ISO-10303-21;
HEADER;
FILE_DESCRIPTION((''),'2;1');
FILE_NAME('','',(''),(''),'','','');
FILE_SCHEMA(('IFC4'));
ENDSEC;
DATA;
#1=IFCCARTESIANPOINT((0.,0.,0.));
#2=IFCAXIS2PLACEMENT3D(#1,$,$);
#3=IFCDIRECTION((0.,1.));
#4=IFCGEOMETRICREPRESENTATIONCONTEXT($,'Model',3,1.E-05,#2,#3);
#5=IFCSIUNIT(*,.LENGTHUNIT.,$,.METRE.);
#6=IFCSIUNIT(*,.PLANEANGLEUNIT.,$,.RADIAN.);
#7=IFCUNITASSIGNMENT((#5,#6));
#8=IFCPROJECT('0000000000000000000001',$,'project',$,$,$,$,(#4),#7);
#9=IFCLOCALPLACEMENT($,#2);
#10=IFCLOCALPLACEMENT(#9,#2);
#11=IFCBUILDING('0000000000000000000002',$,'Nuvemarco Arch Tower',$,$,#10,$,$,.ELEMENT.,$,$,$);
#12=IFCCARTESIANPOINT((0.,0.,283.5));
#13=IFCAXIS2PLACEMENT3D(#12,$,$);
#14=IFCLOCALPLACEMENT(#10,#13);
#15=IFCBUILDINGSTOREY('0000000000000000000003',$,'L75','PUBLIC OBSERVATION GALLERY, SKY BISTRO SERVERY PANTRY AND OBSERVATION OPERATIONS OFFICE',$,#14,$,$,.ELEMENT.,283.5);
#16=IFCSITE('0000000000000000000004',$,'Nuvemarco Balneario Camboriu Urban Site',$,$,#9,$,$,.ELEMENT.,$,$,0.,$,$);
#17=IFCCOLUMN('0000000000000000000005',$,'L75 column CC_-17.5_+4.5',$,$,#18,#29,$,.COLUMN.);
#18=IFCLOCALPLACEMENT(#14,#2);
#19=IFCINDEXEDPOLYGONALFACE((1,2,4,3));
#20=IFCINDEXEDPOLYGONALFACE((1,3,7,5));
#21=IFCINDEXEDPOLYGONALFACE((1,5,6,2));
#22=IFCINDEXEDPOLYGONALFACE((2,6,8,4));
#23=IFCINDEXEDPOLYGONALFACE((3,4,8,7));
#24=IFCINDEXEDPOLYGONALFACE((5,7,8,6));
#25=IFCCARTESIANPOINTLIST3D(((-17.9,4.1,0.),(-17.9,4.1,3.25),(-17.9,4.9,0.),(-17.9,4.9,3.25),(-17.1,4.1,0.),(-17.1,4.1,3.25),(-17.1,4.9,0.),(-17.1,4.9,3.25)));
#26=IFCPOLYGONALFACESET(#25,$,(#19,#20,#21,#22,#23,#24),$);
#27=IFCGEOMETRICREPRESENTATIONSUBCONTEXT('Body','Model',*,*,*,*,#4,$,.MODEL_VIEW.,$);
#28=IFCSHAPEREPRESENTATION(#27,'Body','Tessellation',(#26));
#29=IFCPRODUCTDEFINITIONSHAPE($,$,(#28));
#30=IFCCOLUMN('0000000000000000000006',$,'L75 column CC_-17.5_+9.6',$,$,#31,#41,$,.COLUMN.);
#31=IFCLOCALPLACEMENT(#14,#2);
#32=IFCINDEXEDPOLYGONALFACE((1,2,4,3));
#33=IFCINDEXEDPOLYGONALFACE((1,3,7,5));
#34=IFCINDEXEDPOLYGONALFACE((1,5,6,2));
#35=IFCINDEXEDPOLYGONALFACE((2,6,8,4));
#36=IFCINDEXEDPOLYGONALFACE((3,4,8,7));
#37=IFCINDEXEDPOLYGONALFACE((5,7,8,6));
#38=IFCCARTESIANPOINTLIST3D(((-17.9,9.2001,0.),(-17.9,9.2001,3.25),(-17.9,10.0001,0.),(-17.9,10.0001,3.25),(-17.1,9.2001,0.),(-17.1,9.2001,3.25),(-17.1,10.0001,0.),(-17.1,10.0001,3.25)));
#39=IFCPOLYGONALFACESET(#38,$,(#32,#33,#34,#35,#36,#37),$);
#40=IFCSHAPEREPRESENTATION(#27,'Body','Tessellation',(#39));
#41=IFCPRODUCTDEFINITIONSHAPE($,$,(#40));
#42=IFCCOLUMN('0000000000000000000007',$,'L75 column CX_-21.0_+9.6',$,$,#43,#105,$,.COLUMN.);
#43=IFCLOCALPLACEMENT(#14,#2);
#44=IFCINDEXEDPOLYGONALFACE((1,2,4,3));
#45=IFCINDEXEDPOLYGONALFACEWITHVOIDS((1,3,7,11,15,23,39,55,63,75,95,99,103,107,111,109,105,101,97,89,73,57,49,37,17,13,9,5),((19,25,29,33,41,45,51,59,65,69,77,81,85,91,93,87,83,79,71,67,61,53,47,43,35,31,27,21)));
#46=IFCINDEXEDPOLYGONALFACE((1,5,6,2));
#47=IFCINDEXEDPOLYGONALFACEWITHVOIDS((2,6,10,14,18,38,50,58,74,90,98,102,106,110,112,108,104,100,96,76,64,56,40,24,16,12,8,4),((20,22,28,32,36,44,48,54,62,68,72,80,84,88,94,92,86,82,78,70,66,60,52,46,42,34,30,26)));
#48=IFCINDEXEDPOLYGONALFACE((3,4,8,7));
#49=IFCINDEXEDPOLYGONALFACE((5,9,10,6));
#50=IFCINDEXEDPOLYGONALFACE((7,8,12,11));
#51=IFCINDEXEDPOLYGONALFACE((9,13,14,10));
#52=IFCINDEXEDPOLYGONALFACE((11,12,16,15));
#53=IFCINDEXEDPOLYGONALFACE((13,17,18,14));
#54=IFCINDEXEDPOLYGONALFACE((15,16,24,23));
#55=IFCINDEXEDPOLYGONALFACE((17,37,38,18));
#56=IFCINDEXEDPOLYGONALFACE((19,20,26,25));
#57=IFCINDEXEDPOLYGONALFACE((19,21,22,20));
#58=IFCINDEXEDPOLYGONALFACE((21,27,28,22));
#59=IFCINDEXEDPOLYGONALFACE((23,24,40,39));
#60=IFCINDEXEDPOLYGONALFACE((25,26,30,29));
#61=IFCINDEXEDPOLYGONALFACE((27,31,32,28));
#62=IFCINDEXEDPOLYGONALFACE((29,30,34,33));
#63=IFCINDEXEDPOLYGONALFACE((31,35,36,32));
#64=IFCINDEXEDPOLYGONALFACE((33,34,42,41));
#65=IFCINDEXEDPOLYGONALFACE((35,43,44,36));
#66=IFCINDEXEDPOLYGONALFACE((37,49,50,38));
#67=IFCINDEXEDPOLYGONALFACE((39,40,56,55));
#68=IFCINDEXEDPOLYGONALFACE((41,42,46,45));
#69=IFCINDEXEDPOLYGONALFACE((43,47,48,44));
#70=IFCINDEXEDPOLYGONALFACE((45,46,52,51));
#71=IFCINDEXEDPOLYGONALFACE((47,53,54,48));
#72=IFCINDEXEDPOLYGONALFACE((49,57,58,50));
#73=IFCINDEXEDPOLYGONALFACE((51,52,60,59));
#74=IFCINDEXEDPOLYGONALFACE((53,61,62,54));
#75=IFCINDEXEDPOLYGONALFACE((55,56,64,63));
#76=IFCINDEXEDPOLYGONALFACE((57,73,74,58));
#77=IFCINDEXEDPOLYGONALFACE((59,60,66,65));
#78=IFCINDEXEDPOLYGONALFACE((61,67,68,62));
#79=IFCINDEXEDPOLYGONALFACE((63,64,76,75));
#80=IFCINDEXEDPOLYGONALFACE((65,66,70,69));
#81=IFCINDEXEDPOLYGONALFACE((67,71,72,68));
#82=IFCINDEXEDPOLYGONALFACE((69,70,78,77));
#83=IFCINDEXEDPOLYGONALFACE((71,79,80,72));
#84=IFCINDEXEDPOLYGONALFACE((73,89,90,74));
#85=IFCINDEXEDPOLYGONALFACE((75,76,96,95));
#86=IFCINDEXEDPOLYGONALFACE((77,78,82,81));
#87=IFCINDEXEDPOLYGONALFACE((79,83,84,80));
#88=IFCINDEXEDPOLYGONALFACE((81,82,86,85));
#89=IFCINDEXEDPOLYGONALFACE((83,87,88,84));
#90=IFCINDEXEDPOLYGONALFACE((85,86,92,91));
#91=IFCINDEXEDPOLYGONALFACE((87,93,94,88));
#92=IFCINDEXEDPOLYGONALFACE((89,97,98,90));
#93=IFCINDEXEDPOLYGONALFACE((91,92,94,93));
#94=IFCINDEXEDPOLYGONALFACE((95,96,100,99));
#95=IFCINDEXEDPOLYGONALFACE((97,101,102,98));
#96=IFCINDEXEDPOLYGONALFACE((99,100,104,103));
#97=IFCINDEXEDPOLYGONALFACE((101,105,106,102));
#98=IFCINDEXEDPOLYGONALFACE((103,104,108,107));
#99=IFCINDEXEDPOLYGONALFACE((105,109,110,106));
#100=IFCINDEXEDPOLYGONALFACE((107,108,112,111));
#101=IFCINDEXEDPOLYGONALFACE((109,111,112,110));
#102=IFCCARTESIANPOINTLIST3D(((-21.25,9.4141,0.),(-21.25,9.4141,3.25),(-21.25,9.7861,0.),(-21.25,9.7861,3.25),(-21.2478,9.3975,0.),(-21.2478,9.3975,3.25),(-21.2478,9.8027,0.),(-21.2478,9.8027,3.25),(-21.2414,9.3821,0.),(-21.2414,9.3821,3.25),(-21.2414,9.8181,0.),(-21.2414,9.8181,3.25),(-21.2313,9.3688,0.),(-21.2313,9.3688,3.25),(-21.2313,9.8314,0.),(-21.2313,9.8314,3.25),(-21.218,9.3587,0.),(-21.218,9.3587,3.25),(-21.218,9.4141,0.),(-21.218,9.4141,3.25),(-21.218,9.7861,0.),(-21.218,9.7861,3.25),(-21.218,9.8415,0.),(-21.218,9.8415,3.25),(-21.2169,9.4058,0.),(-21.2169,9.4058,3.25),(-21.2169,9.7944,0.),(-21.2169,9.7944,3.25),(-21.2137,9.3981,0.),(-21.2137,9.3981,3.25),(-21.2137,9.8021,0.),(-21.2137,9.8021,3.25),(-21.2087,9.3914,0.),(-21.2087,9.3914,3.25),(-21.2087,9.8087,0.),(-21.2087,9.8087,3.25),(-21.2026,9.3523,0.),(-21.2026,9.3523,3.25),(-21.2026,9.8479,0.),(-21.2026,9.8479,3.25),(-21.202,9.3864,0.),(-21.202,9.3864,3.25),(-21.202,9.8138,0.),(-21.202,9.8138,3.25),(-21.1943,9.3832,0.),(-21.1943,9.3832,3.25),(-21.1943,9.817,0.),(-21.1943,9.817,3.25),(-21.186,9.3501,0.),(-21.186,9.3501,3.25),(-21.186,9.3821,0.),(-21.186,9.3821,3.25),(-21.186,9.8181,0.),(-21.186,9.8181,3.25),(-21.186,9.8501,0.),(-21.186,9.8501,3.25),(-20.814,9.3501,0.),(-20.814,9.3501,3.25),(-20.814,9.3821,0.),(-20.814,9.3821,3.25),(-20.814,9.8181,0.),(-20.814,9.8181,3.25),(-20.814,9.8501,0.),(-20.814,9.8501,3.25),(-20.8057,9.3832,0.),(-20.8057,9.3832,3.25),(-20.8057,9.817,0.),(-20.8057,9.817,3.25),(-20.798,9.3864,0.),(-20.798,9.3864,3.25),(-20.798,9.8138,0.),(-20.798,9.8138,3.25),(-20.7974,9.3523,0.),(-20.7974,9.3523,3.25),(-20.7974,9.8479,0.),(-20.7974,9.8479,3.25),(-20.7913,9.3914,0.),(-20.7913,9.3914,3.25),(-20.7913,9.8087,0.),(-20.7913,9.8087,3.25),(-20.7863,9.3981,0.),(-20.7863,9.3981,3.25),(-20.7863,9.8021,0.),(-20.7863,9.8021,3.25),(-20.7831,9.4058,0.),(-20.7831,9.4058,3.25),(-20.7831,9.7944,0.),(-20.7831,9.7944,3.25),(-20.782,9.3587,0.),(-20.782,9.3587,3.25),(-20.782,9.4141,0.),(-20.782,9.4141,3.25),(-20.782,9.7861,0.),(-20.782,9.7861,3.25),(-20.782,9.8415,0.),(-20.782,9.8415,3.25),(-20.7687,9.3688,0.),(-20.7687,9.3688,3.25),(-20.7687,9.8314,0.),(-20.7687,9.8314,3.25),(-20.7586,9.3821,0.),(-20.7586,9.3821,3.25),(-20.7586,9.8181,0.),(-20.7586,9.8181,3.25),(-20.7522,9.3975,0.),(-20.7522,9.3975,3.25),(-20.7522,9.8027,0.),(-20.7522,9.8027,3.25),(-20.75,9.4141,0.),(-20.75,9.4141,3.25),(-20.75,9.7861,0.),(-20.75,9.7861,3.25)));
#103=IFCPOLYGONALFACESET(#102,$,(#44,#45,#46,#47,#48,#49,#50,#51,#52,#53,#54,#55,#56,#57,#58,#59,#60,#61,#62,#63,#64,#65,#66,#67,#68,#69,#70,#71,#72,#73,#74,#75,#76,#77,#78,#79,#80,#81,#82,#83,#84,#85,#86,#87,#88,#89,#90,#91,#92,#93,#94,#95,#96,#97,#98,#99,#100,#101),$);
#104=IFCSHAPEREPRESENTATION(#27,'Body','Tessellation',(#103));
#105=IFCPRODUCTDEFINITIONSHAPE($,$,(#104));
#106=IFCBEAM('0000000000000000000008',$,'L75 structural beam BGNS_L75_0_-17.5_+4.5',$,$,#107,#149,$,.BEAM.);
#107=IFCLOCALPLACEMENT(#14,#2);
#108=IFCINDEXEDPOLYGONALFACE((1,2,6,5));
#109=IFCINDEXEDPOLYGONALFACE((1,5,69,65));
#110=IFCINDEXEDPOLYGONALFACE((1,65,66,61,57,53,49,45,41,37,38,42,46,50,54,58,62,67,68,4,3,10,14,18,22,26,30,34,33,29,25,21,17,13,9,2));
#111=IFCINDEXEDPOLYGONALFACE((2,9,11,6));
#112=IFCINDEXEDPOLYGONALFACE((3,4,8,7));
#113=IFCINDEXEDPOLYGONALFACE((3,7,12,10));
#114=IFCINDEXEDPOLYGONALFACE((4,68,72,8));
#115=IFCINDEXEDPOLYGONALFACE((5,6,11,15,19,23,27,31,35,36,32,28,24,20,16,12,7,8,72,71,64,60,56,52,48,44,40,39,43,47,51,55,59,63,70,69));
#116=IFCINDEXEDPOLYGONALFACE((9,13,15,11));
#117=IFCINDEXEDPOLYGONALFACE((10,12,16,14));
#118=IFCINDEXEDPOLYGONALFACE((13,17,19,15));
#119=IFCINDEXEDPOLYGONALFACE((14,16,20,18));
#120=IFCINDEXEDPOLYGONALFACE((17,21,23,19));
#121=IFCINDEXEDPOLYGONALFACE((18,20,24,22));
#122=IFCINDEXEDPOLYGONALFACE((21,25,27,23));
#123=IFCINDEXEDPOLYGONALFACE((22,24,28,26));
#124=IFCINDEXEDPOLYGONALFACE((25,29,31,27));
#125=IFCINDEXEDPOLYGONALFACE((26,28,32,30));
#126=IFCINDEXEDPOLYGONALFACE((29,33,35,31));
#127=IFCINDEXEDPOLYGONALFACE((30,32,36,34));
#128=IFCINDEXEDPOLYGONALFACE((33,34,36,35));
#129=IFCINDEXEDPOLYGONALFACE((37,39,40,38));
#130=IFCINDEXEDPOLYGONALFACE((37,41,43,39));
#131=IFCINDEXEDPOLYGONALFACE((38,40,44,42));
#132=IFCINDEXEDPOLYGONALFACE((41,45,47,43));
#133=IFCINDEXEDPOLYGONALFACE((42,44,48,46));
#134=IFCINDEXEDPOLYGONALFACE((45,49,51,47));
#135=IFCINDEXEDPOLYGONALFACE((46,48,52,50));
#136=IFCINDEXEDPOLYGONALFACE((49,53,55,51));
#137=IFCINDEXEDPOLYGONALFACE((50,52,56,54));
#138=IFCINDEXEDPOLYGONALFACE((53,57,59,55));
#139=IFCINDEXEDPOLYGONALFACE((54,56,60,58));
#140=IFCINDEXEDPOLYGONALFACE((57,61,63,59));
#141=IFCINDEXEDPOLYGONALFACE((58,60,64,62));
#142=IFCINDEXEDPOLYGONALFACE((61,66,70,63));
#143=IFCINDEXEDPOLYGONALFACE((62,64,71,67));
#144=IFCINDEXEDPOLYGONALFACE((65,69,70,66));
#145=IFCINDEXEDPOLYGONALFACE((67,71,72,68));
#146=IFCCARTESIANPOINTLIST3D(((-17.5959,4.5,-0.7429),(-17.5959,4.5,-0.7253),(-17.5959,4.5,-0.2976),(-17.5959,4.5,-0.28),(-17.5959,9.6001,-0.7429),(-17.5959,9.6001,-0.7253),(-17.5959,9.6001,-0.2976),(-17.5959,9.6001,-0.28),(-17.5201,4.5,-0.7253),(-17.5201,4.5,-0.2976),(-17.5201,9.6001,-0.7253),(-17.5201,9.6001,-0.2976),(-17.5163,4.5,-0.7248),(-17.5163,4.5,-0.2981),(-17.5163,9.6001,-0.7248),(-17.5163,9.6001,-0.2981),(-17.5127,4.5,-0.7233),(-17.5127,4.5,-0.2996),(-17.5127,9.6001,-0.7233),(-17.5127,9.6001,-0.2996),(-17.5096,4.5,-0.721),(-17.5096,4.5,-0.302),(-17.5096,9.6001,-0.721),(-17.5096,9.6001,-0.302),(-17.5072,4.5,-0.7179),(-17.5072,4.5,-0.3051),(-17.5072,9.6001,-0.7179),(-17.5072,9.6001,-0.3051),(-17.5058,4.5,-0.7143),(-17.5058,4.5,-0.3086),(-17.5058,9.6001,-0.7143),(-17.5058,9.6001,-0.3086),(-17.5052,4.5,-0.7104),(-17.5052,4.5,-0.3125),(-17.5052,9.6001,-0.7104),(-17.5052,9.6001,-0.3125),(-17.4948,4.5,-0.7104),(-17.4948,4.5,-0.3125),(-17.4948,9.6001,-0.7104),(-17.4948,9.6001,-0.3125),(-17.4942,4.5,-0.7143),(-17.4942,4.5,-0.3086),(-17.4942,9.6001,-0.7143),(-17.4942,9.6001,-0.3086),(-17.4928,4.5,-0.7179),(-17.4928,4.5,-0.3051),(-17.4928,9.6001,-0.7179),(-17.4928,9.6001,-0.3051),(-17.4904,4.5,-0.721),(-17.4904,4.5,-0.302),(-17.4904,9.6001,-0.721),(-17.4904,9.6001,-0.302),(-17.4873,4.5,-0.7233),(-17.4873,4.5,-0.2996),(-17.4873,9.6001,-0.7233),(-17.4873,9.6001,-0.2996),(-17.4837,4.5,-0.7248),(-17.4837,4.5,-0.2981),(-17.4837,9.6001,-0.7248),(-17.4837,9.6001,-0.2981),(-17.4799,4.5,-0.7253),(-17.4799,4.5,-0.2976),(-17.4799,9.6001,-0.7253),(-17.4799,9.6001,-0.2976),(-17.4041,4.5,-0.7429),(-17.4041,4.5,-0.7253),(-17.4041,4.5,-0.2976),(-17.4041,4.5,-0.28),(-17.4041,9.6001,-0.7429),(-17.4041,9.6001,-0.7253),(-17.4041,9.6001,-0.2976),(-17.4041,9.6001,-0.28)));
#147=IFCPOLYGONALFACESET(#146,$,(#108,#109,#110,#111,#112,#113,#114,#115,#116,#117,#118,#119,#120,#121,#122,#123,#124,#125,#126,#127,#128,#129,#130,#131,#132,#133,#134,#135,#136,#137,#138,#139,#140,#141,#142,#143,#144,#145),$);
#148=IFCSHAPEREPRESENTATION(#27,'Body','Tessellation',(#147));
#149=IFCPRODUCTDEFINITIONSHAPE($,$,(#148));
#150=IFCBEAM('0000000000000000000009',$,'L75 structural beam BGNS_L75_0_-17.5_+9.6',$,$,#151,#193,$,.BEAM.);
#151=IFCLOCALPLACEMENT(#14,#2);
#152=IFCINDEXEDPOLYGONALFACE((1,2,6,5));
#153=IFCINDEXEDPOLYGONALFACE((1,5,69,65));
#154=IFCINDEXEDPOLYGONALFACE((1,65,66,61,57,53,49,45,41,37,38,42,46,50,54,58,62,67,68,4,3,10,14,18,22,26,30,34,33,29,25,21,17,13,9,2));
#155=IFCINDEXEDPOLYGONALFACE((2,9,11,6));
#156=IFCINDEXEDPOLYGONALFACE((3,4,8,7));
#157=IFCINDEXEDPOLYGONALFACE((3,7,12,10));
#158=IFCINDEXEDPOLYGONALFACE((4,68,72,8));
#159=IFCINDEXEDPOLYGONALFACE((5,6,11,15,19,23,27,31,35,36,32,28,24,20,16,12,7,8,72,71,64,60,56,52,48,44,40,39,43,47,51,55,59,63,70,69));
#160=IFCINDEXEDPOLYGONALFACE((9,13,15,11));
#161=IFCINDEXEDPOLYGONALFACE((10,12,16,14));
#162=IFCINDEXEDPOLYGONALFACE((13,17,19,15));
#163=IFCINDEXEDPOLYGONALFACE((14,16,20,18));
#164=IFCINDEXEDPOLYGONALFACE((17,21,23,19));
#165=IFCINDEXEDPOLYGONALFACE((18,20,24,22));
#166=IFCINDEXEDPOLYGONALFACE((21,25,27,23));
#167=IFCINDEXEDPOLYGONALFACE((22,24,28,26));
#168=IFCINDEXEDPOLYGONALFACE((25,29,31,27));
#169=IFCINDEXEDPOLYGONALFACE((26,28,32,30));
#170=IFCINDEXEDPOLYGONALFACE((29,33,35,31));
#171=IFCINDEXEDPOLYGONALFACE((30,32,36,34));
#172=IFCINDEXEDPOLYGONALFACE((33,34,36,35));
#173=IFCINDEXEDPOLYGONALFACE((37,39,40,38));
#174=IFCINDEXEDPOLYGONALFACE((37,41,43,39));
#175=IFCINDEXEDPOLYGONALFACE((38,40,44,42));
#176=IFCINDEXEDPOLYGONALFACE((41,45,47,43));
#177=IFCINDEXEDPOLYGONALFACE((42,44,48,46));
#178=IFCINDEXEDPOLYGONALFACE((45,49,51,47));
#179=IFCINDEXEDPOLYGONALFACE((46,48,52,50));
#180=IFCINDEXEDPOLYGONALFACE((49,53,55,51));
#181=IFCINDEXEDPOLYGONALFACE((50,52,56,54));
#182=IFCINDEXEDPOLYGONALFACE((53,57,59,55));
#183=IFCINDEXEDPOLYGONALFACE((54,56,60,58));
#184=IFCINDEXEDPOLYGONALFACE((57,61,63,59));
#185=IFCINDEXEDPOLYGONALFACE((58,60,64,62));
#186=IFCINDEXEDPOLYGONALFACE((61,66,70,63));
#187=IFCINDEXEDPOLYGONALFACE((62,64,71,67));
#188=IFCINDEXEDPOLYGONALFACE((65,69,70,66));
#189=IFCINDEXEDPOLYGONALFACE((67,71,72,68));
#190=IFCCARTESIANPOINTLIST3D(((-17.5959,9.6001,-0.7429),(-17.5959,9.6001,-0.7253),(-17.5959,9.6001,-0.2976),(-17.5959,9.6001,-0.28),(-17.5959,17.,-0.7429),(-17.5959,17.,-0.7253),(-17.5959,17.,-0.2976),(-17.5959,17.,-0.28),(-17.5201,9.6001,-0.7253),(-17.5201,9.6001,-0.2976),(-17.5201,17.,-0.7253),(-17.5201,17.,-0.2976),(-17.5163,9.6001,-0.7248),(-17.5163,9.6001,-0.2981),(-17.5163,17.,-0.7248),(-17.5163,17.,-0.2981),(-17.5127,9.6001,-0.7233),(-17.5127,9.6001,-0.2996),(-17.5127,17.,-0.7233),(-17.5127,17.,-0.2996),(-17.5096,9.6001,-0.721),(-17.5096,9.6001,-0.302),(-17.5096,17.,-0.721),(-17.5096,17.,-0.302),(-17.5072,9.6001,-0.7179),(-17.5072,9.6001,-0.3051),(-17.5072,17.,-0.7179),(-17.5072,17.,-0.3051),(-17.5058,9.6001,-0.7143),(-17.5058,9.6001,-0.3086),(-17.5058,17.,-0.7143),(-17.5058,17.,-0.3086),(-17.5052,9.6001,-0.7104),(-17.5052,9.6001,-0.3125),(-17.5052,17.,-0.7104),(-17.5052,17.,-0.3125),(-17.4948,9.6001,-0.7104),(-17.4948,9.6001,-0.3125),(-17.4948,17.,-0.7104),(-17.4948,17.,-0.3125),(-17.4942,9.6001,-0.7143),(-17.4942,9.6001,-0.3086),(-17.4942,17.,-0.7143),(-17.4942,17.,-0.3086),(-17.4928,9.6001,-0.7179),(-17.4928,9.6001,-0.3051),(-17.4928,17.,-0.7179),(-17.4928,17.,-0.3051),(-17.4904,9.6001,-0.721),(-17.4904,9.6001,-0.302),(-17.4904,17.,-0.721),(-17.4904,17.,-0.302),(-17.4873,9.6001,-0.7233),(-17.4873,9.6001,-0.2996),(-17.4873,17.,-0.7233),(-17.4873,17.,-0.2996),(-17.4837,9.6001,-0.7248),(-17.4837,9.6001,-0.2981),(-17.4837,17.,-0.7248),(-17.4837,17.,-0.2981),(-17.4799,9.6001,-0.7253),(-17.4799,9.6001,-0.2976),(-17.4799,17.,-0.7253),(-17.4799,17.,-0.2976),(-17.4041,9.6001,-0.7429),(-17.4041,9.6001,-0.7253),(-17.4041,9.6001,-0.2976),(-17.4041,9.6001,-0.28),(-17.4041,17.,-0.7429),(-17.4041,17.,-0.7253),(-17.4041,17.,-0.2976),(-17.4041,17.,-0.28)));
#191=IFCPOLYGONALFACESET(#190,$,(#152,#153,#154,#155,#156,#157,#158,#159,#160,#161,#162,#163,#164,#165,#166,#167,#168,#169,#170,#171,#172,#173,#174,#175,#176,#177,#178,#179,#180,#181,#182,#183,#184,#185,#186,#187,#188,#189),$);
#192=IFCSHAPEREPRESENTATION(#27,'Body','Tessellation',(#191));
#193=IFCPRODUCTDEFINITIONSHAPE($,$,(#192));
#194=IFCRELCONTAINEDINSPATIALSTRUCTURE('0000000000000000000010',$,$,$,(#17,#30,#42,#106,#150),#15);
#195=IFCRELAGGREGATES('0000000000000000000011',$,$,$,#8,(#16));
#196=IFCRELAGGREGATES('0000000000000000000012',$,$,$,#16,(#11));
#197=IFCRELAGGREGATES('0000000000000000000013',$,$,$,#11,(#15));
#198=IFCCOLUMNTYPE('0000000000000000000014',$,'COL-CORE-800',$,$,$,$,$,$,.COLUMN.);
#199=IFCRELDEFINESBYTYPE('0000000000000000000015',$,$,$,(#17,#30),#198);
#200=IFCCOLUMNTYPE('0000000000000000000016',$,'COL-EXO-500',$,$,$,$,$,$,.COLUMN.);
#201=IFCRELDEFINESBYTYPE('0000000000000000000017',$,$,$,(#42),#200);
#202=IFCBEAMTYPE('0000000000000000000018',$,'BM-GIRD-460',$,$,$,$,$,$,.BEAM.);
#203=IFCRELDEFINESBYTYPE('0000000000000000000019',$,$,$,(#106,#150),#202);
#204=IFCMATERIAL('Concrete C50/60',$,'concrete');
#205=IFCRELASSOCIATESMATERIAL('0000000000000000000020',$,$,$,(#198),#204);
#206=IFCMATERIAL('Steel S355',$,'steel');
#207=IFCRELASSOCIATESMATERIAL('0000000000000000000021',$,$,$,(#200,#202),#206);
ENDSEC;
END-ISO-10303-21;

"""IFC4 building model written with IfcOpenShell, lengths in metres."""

from ifc_helpers import new_model, si_unit, direction, frame, origin, origin_2d, place, context, subcontext, project, spatial, rectangle, hollow_rectangle, i_section, extrude, material, material_profile, profile_set, type_object, element, save


model = new_model("IFC4")

# Units and contexts
model_context = context("Model", 3, precision=1e-05, world=origin(), true_north=direction((0.0, 1.0)))
body_context = subcontext(model_context, "Body", "Model", "MODEL_VIEW")
ifc_project = project(units=[si_unit("LENGTHUNIT", "METRE"), si_unit("PLANEANGLEUNIT", "RADIAN")], contexts=[model_context])

# Site, building, storey
site_placement = place(None, origin())
site = spatial("IfcSite", under=ifc_project, at=site_placement, Name="Nuvemarco Balneario Camboriu Urban Site", CompositionType="ELEMENT", RefElevation=0.0)
building_placement = place(site_placement, origin())
building = spatial("IfcBuilding", under=site, at=building_placement, Name="Nuvemarco Arch Tower", CompositionType="ELEMENT")
storey_placement = place(building_placement, frame((0.0, 0.0, 283.5)))
storey = spatial("IfcBuildingStorey", under=building, at=storey_placement, Name="L75", Description="PUBLIC OBSERVATION GALLERY, SKY BISTRO SERVERY PANTRY AND OBSERVATION OPERATIONS OFFICE", CompositionType="ELEMENT", Elevation=283.5)

# Columns
ifc_material_1 = material(Name="Concrete C50/60", Category="concrete")
ifc_material_profile_1 = material_profile(ifc_material_1, rectangle(XDim=0.8, YDim=0.8, at=origin_2d()), Name="RC-COL-800x800")
ifc_profile_set_1 = profile_set([ifc_material_profile_1], Name="Concrete C50/60")
column_type_1 = type_object("IfcColumnType", Name="COL-CORE-800", PredefinedType="COLUMN", material=ifc_profile_set_1)
for number, where, z_axis, x_axis, name in (
    (1, (-17.5, 4.5, 0.0), (0.0, 0.0, 1.0), (1.0, 0.0, 0.0), "L75 column CC_-17.5_+4.5"),
    (2, (-17.5, 9.6001, 0.0), (0.0, 0.0, 1.0), (1.0, 0.0, 0.0), "L75 column CC_-17.5_+9.6"),
):
    element("IfcColumn", number, at=place(storey_placement, frame(where, z_axis=z_axis, x_axis=x_axis)), inside=storey, type_object=column_type_1, Name=name, PredefinedType="COLUMN", context=body_context, shape_type="SweptSolid", body=[
        extrude(rectangle(XDim=0.8, YDim=0.8, at=origin_2d()), origin(), (0.0, 0.0, 1.0), 3.25),
    ])
ifc_material_2 = material(Name="Steel S355", Category="steel")
ifc_material_profile_2 = material_profile(ifc_material_2, hollow_rectangle(XDim=0.5, YDim=0.5, WallThickness=0.032, InnerFilletRadius=0.032, OuterFilletRadius=0.064, at=origin_2d()), Name="SHS500x500x32")
ifc_profile_set_2 = profile_set([ifc_material_profile_2], Name="Steel S355")
column_type_2 = type_object("IfcColumnType", Name="COL-EXO-500", PredefinedType="COLUMN", material=ifc_profile_set_2)
column_placement = place(storey_placement, frame((-21.0, 9.6001, 0.0), z_axis=(0.0, 0.0, 1.0), x_axis=(1.0, 0.0, 0.0)))
element("IfcColumn", 3, at=column_placement, inside=storey, type_object=column_type_2, Name="L75 column CX_-21.0_+9.6", PredefinedType="COLUMN", context=body_context, shape_type="SweptSolid", body=[
    extrude(hollow_rectangle(XDim=0.5, YDim=0.5, WallThickness=0.032, InnerFilletRadius=0.032, OuterFilletRadius=0.064, at=origin_2d()), origin(), (0.0, 0.0, 1.0), 3.25),
])

# Beams
ifc_material_profile_3 = material_profile(ifc_material_2, i_section(OverallWidth=0.1919, OverallDepth=0.4629, WebThickness=0.0105, FlangeThickness=0.0176, FilletRadius=0.0149, at=origin_2d()), Name="W460x89")
ifc_profile_set_3 = profile_set([ifc_material_profile_3], Name="Steel S355")
beam_type_1 = type_object("IfcBeamType", Name="BM-GIRD-460", PredefinedType="BEAM", material=ifc_profile_set_3)
beam_1_placement = place(storey_placement, frame((-17.5, 4.5, -0.5115), z_axis=(0.0, 1.0, 0.0), x_axis=(-1.0, 0.0, 0.0)))
element("IfcBeam", 4, at=beam_1_placement, inside=storey, type_object=beam_type_1, Name="L75 structural beam BGNS_L75_0_-17.5_+4.5", PredefinedType="BEAM", context=body_context, shape_type="SweptSolid", body=[
    extrude(i_section(OverallWidth=0.1919, OverallDepth=0.4629, WebThickness=0.0105, FlangeThickness=0.0176, FilletRadius=0.0149, at=origin_2d()), origin(), (0.0, 0.0, 1.0), 5.1001),
])
beam_2_placement = place(storey_placement, frame((-17.5, 9.6001, -0.5115), z_axis=(0.0, 1.0, 0.0), x_axis=(-1.0, 0.0, 0.0)))
element("IfcBeam", 5, at=beam_2_placement, inside=storey, type_object=beam_type_1, Name="L75 structural beam BGNS_L75_0_-17.5_+9.6", PredefinedType="BEAM", context=body_context, shape_type="SweptSolid", body=[
    extrude(i_section(OverallWidth=0.1919, OverallDepth=0.4629, WebThickness=0.0105, FlangeThickness=0.0176, FilletRadius=0.0149, at=origin_2d()), origin(), (0.0, 0.0, 1.0), 7.3999),
])

save(model, "model.ifc")
